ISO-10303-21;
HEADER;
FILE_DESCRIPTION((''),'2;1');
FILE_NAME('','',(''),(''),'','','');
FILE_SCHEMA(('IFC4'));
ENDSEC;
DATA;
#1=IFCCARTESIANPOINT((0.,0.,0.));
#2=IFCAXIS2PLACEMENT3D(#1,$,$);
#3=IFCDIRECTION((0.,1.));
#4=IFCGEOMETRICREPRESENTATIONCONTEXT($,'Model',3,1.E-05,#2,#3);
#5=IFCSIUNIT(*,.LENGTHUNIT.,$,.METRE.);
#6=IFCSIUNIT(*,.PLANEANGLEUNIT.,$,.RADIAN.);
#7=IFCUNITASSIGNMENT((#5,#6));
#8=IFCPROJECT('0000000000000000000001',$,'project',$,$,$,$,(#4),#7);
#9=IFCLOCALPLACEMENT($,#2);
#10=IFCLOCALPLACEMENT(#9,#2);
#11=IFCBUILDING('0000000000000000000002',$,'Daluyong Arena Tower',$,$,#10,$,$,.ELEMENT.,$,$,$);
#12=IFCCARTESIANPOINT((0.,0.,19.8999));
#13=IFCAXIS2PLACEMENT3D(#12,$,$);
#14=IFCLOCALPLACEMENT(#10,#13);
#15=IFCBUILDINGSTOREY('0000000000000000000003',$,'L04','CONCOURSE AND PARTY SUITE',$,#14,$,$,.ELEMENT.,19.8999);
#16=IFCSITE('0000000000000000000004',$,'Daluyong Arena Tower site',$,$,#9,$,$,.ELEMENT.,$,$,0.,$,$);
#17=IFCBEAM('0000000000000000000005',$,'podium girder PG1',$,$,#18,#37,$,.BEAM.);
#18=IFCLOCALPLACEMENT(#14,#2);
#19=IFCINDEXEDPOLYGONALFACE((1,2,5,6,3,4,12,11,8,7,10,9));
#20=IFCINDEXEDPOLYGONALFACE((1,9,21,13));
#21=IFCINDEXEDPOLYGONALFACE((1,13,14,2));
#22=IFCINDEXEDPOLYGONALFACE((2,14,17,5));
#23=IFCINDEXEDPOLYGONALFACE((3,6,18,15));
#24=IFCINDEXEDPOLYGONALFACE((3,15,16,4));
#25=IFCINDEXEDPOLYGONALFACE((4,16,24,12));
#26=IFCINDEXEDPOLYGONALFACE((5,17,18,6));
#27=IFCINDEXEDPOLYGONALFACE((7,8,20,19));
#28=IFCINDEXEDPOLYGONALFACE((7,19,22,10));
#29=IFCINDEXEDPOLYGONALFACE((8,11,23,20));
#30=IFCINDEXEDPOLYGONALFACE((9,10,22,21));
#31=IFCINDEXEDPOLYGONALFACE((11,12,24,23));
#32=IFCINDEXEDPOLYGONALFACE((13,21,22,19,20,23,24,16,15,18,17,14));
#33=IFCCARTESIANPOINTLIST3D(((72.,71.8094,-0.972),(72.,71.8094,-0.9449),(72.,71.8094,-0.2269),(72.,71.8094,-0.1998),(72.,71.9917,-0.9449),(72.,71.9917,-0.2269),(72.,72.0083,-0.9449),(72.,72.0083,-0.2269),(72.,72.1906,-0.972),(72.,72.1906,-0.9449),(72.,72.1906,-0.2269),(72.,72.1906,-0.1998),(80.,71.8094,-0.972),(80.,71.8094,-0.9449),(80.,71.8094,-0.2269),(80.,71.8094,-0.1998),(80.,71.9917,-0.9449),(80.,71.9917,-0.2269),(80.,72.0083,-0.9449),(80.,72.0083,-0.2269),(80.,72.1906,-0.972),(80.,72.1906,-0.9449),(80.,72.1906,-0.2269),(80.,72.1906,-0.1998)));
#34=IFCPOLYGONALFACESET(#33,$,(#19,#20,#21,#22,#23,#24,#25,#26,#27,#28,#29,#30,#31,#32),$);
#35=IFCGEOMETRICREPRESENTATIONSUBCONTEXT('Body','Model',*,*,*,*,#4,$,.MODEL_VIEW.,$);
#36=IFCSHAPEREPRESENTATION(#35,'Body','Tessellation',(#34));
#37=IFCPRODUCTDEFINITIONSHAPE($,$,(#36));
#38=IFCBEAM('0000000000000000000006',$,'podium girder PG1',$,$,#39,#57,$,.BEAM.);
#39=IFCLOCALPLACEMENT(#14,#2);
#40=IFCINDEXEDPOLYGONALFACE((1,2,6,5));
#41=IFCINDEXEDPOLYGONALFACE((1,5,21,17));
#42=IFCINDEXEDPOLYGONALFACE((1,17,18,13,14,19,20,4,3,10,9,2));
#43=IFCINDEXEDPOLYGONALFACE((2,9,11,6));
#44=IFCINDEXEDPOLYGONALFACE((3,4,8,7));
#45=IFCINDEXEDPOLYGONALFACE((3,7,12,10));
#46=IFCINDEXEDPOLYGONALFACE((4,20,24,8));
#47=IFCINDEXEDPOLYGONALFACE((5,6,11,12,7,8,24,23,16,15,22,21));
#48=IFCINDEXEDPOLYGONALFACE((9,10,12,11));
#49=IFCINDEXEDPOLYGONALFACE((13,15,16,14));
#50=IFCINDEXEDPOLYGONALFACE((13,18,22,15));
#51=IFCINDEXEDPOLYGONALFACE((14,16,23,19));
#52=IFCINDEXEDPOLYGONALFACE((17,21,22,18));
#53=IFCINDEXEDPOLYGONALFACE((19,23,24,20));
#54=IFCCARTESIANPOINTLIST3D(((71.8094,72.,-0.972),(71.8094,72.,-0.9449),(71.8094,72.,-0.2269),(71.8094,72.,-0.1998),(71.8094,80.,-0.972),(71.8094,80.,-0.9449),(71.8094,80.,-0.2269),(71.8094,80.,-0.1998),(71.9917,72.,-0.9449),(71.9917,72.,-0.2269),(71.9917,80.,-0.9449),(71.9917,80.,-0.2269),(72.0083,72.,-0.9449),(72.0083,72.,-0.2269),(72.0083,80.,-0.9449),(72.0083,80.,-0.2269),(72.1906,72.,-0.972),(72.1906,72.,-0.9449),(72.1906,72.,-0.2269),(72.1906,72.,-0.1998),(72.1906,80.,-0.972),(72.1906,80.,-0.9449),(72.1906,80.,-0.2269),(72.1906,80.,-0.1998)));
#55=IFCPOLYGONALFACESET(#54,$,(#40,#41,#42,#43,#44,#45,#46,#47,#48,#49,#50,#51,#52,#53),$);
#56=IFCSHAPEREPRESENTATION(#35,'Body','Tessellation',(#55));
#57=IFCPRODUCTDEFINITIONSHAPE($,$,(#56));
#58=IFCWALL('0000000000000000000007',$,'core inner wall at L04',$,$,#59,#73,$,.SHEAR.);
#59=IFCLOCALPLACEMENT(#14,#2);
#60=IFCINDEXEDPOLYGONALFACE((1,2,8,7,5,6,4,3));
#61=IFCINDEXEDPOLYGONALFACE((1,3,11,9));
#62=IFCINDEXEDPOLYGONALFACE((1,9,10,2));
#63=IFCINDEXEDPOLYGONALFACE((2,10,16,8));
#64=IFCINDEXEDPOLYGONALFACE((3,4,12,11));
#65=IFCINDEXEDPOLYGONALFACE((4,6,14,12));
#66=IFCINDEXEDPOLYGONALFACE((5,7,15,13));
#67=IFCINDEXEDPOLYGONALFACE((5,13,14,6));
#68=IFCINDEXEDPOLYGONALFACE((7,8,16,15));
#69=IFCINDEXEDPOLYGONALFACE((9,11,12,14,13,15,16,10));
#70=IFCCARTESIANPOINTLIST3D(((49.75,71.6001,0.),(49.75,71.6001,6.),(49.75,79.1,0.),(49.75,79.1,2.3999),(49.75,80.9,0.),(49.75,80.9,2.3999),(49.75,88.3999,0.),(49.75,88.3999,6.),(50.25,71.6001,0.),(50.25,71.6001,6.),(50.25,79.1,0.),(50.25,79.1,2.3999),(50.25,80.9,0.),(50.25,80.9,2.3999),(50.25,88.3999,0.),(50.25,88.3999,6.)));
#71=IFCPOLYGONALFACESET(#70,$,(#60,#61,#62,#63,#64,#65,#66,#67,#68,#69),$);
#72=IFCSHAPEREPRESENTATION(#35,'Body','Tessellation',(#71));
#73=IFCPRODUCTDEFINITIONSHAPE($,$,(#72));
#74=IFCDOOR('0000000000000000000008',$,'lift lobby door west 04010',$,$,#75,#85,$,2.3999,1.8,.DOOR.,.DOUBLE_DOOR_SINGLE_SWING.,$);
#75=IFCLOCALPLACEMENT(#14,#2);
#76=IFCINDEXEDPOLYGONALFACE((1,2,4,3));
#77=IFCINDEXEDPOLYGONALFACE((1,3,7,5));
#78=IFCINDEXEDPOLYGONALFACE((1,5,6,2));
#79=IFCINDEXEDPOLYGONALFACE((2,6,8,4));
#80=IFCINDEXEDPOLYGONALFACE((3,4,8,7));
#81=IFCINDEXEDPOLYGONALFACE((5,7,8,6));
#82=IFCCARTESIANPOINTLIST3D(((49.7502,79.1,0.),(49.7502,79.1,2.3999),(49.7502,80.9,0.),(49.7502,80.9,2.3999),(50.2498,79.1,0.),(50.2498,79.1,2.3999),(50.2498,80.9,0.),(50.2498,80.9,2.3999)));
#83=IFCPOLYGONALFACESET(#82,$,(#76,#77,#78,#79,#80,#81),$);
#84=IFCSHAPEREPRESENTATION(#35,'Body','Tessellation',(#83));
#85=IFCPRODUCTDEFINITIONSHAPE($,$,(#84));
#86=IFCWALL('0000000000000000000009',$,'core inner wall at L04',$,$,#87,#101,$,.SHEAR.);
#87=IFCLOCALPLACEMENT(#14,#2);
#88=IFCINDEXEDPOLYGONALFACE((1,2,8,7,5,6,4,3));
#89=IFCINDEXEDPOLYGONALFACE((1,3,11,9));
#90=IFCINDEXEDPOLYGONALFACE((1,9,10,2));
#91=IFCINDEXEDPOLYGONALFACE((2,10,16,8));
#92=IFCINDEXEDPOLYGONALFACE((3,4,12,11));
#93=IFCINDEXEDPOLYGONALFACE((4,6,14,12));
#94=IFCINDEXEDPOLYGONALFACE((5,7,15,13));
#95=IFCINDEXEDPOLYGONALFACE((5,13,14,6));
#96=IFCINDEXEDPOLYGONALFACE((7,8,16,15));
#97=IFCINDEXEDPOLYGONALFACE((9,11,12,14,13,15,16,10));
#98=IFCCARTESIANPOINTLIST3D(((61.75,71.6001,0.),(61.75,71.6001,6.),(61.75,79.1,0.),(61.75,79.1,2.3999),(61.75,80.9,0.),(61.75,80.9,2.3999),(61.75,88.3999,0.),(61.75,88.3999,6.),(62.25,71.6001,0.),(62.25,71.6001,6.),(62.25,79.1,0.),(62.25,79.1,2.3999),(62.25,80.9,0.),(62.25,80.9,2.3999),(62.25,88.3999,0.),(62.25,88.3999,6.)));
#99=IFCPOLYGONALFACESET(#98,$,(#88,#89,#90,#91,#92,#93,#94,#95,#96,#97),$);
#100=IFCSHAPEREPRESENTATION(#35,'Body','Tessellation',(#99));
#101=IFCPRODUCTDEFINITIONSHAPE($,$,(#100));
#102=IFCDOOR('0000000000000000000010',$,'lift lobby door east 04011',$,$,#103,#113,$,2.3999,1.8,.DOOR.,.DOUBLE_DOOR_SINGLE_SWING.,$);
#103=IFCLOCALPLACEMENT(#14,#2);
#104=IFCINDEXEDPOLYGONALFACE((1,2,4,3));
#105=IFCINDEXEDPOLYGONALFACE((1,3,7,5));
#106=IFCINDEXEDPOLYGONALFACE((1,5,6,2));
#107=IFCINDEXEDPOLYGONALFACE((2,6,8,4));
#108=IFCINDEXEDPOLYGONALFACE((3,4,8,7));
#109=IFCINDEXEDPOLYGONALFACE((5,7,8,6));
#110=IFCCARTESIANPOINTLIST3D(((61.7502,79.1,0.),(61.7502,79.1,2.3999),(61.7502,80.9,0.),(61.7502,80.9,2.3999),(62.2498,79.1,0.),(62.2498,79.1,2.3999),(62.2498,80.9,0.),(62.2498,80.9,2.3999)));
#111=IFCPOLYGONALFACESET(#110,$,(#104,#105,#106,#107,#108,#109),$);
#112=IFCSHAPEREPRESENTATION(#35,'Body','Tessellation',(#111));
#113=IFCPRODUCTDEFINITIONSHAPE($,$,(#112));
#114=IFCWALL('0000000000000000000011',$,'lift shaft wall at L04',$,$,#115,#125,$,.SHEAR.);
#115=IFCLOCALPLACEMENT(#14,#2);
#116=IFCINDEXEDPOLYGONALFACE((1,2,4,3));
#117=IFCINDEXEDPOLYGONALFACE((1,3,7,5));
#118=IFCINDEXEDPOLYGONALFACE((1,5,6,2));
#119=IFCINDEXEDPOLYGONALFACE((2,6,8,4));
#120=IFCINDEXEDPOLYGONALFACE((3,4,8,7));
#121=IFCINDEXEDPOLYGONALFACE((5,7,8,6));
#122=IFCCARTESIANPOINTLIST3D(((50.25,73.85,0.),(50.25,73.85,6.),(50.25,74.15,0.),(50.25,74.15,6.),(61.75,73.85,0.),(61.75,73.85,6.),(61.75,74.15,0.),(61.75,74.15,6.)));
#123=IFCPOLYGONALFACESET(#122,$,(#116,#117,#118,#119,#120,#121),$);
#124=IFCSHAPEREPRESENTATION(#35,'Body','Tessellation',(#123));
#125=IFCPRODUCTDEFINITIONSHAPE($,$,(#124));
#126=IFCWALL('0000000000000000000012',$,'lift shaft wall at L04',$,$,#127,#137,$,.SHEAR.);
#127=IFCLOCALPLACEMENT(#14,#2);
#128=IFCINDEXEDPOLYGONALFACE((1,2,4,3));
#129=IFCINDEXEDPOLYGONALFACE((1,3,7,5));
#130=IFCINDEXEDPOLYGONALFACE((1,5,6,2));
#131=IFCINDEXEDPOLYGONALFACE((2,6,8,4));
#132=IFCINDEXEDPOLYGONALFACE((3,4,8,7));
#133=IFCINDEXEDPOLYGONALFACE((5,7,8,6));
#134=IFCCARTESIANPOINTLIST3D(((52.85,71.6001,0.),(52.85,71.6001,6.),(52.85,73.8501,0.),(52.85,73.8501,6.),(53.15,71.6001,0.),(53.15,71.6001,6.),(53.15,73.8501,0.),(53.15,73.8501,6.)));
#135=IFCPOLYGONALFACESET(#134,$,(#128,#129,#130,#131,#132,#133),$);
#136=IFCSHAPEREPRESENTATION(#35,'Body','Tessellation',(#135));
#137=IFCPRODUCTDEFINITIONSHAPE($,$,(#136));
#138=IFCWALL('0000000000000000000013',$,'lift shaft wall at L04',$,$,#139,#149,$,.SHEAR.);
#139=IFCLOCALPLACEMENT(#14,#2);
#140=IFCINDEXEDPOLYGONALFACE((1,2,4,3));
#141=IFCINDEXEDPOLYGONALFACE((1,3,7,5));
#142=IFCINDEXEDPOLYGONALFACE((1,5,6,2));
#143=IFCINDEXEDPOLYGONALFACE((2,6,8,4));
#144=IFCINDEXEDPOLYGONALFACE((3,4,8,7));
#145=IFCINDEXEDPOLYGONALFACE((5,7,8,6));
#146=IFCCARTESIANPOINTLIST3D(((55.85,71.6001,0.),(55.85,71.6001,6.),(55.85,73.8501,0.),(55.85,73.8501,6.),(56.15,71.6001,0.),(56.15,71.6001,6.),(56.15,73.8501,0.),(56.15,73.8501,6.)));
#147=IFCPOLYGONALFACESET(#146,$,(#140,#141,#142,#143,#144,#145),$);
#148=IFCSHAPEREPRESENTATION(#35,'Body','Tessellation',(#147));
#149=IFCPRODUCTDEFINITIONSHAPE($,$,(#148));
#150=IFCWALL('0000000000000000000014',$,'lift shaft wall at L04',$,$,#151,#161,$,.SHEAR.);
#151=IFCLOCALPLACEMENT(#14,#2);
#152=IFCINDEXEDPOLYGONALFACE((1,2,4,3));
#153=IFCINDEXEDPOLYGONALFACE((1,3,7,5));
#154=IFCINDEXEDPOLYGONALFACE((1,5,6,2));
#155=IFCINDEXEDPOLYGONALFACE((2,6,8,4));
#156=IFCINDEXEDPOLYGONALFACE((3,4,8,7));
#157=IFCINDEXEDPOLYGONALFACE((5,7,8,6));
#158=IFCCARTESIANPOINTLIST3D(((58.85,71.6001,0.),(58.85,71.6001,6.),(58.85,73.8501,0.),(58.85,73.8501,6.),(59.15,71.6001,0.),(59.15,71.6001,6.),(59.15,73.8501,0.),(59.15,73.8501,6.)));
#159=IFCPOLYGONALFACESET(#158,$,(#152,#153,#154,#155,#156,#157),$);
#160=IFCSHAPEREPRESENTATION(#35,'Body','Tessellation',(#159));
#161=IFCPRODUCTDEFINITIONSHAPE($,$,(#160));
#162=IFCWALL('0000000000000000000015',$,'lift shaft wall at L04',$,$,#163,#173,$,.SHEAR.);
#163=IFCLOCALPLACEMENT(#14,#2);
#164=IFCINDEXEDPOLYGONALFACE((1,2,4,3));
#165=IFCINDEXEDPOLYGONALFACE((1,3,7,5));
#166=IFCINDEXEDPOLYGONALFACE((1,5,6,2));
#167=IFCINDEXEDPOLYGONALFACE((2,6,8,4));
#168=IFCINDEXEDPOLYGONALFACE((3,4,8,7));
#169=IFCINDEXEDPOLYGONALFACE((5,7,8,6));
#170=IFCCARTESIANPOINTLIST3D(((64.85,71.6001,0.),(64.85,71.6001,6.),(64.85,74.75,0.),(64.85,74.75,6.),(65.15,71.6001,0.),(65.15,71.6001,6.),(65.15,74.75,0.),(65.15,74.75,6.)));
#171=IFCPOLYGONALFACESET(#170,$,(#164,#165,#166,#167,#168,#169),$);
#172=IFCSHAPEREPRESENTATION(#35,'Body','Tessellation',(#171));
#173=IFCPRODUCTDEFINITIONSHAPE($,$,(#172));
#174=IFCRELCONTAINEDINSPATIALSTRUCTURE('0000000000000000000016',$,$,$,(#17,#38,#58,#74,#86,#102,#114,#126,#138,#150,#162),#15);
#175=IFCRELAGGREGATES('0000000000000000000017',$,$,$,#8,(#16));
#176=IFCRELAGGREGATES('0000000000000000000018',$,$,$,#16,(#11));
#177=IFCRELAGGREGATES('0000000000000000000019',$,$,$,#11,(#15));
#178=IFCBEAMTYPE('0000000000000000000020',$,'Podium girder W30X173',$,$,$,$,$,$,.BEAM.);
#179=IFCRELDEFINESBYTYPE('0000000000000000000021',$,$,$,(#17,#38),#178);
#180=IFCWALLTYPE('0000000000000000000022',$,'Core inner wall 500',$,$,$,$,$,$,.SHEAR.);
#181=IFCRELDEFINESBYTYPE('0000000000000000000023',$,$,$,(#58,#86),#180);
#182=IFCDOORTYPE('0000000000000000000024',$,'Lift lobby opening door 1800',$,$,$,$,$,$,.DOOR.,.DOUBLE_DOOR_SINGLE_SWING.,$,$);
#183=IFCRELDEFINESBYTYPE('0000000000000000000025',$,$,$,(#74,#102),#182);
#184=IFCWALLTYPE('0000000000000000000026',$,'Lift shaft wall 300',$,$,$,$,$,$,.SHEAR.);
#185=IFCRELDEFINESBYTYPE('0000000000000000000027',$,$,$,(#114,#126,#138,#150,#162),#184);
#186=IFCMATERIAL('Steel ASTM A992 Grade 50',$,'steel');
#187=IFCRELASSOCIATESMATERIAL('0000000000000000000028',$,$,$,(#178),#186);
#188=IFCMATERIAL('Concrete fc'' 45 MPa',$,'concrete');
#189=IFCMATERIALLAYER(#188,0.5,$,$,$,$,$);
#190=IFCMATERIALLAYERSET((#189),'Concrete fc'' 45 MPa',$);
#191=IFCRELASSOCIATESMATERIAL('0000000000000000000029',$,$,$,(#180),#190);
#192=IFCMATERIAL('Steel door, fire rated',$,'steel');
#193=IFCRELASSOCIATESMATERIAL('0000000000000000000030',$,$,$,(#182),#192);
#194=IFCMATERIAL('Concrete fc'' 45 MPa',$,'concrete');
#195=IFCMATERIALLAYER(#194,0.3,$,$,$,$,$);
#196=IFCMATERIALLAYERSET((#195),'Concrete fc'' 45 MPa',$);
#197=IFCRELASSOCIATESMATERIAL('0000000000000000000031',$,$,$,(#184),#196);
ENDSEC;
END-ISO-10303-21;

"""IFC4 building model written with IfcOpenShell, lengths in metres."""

from ifc_helpers import new_model, si_unit, direction, frame, frame_2d, origin, origin_2d, place, context, subcontext, project, spatial, rectangle, i_section, extrude, material, layer, layer_set, material_profile, profile_set, type_object, element, fill, save


model = new_model("IFC4")

# Units and contexts
model_context = context("Model", 3, precision=1e-05, world=origin(), true_north=direction((0.0, 1.0)))
body_context = subcontext(model_context, "Body", "Model", "MODEL_VIEW")
ifc_project = project(units=[si_unit("LENGTHUNIT", "METRE"), si_unit("PLANEANGLEUNIT", "RADIAN")], contexts=[model_context])

# Site, building, storey
site_placement = place(None, origin())
site = spatial("IfcSite", under=ifc_project, at=site_placement, Name="Daluyong Arena Tower site", CompositionType="ELEMENT", RefElevation=0.0)
building_placement = place(site_placement, origin())
building = spatial("IfcBuilding", under=site, at=building_placement, Name="Daluyong Arena Tower", CompositionType="ELEMENT")
storey_placement = place(building_placement, frame((0.0, 0.0, 19.8999)))
storey = spatial("IfcBuildingStorey", under=building, at=storey_placement, Name="L04", Description="CONCOURSE AND PARTY SUITE", CompositionType="ELEMENT", Elevation=19.8999)

# Beams
ifc_material_1 = material(Name="Steel ASTM A992 Grade 50", Category="steel")
ifc_material_profile_1 = material_profile(ifc_material_1, i_section(OverallWidth=0.3811, OverallDepth=0.7722, WebThickness=0.0166, FlangeThickness=0.0271, at=origin_2d()))
ifc_profile_set_1 = profile_set([ifc_material_profile_1], Name="Steel ASTM A992 Grade 50")
beam_type = type_object("IfcBeamType", Name="Podium girder W30X173", PredefinedType="BEAM", material=ifc_profile_set_1)
for number, where, z_axis, x_axis, name in (
    (1, (72.0, 72.0, -0.5859), (1.0, 0.0, 0.0), (0.0, 1.0, 0.0), "podium girder PG1"),
    (2, (72.0, 72.0, -0.5859), (0.0, 1.0, 0.0), (-1.0, 0.0, 0.0), "podium girder PG1"),
):
    element("IfcBeam", number, at=place(storey_placement, frame(where, z_axis=z_axis, x_axis=x_axis)), inside=storey, type_object=beam_type, Name=name, PredefinedType="BEAM", context=body_context, shape_type="SweptSolid", body=[
        extrude(i_section(OverallWidth=0.3811, OverallDepth=0.7722, WebThickness=0.0166, FlangeThickness=0.0271, at=origin_2d()), origin(), (0.0, 0.0, 1.0), 8.0),
    ])

# Walls, openings, doors
ifc_material_2 = material(Name="Concrete fc' 45 MPa", Category="concrete")
ifc_layer_1 = layer(ifc_material_2, 0.5)
ifc_layer_set_1 = layer_set([ifc_layer_1], Name="Concrete fc' 45 MPa")
wall_type_1 = type_object("IfcWallType", Name="Core inner wall 500", PredefinedType="SHEAR", material=ifc_layer_set_1)
wall_1_placement = place(storey_placement, frame((50.0, 71.6001, 0.0), z_axis=(0.0, 0.0, 1.0), x_axis=(0.0, 1.0, 0.0)))
wall_1 = element("IfcWall", 3, at=wall_1_placement, inside=storey, type_object=wall_type_1, Name="core inner wall at L04", PredefinedType="SHEAR", context=body_context, shape_type="SweptSolid", body=[
    extrude(rectangle(XDim=16.7998, YDim=0.5, at=frame_2d((8.3999, 0.0))), origin(), (0.0, 0.0, 1.0), 6.0),
])
opening_1_placement = place(wall_1_placement, frame((7.5, 0.0, 0.0)))
opening_1 = element("IfcOpeningElement", 4, at=opening_1_placement, cuts=wall_1, PredefinedType="OPENING", context=body_context, shape_type="SweptSolid", body=[
    extrude(rectangle(XDim=1.8, YDim=2.3999, at=frame_2d((0.8999, 1.2))), frame((0.0, 0.26, 0.0), z_axis=(0.0, -1.0, 0.0), x_axis=(1.0, 0.0, 0.0)), (0.0, 0.0, 1.0), 0.52),
])
ifc_material_3 = material(Name="Steel door, fire rated", Category="steel")
door_type_1 = type_object("IfcDoorType", Name="Lift lobby opening door 1800", OperationType="DOUBLE_DOOR_SINGLE_SWING", PredefinedType="DOOR", material=ifc_material_3)
door_1_placement = place(opening_1_placement, origin())
door_1 = element("IfcDoor", 5, at=door_1_placement, inside=storey, type_object=door_type_1, Name="lift lobby door west 04010", OperationType="DOUBLE_DOOR_SINGLE_SWING", OverallHeight=2.3999, OverallWidth=1.8, PredefinedType="DOOR", context=body_context, shape_type="SweptSolid", body=[
    extrude(rectangle(XDim=1.8, YDim=2.3999, at=frame_2d((0.8999, 1.2))), frame((0.0, 0.2498, 0.0), z_axis=(0.0, -1.0, 0.0), x_axis=(1.0, 0.0, 0.0)), (0.0, 0.0, 1.0), 0.4995),
])
fill(opening_1, door_1)
wall_2_placement = place(storey_placement, frame((62.0, 71.6001, 0.0), z_axis=(0.0, 0.0, 1.0), x_axis=(0.0, 1.0, 0.0)))
wall_2 = element("IfcWall", 6, at=wall_2_placement, inside=storey, type_object=wall_type_1, Name="core inner wall at L04", PredefinedType="SHEAR", context=body_context, shape_type="SweptSolid", body=[
    extrude(rectangle(XDim=16.7998, YDim=0.5, at=frame_2d((8.3999, 0.0))), origin(), (0.0, 0.0, 1.0), 6.0),
])
opening_2_placement = place(wall_2_placement, frame((7.5, 0.0, 0.0)))
opening_2 = element("IfcOpeningElement", 7, at=opening_2_placement, cuts=wall_2, PredefinedType="OPENING", context=body_context, shape_type="SweptSolid", body=[
    extrude(rectangle(XDim=1.8, YDim=2.3999, at=frame_2d((0.8999, 1.2))), frame((0.0, 0.26, 0.0), z_axis=(0.0, -1.0, 0.0), x_axis=(1.0, 0.0, 0.0)), (0.0, 0.0, 1.0), 0.52),
])
door_2_placement = place(opening_2_placement, origin())
door_2 = element("IfcDoor", 8, at=door_2_placement, inside=storey, type_object=door_type_1, Name="lift lobby door east 04011", OperationType="DOUBLE_DOOR_SINGLE_SWING", OverallHeight=2.3999, OverallWidth=1.8, PredefinedType="DOOR", context=body_context, shape_type="SweptSolid", body=[
    extrude(rectangle(XDim=1.8, YDim=2.3999, at=frame_2d((0.8999, 1.2))), frame((0.0, 0.2498, 0.0), z_axis=(0.0, -1.0, 0.0), x_axis=(1.0, 0.0, 0.0)), (0.0, 0.0, 1.0), 0.4995),
])
fill(opening_2, door_2)

# Walls
ifc_material_4 = material(Name="Concrete fc' 45 MPa", Category="concrete")
ifc_layer_2 = layer(ifc_material_4, 0.3)
ifc_layer_set_2 = layer_set([ifc_layer_2], Name="Concrete fc' 45 MPa")
wall_type_2 = type_object("IfcWallType", Name="Lift shaft wall 300", PredefinedType="SHEAR", material=ifc_layer_set_2)
wall_3_placement = place(storey_placement, frame((50.25, 74.0, 0.0), z_axis=(0.0, 0.0, 1.0), x_axis=(1.0, 0.0, 0.0)))
element("IfcWall", 9, at=wall_3_placement, inside=storey, type_object=wall_type_2, Name="lift shaft wall at L04", PredefinedType="SHEAR", context=body_context, shape_type="SweptSolid", body=[
    extrude(rectangle(XDim=11.5, YDim=0.3, at=frame_2d((5.75, 0.0))), origin(), (0.0, 0.0, 1.0), 6.0),
])
for number, where, z_axis, x_axis, name in (
    (10, (53.0, 71.6001, 0.0), (0.0, 0.0, 1.0), (0.0, 1.0, 0.0), "lift shaft wall at L04"),
    (11, (56.0, 71.6001, 0.0), (0.0, 0.0, 1.0), (0.0, 1.0, 0.0), "lift shaft wall at L04"),
    (12, (59.0, 71.6001, 0.0), (0.0, 0.0, 1.0), (0.0, 1.0, 0.0), "lift shaft wall at L04"),
):
    element("IfcWall", number, at=place(storey_placement, frame(where, z_axis=z_axis, x_axis=x_axis)), inside=storey, type_object=wall_type_2, Name=name, PredefinedType="SHEAR", context=body_context, shape_type="SweptSolid", body=[
        extrude(rectangle(XDim=2.25, YDim=0.3, at=frame_2d((1.125, 0.0))), origin(), (0.0, 0.0, 1.0), 6.0),
    ])
wall_4_placement = place(storey_placement, frame((65.0, 71.6001, 0.0), z_axis=(0.0, 0.0, 1.0), x_axis=(0.0, 1.0, 0.0)))
element("IfcWall", 13, at=wall_4_placement, inside=storey, type_object=wall_type_2, Name="lift shaft wall at L04", PredefinedType="SHEAR", context=body_context, shape_type="SweptSolid", body=[
    extrude(rectangle(XDim=3.1499, YDim=0.3, at=frame_2d((1.575, 0.0))), origin(), (0.0, 0.0, 1.0), 6.0),
])

save(model, "model.ifc")
